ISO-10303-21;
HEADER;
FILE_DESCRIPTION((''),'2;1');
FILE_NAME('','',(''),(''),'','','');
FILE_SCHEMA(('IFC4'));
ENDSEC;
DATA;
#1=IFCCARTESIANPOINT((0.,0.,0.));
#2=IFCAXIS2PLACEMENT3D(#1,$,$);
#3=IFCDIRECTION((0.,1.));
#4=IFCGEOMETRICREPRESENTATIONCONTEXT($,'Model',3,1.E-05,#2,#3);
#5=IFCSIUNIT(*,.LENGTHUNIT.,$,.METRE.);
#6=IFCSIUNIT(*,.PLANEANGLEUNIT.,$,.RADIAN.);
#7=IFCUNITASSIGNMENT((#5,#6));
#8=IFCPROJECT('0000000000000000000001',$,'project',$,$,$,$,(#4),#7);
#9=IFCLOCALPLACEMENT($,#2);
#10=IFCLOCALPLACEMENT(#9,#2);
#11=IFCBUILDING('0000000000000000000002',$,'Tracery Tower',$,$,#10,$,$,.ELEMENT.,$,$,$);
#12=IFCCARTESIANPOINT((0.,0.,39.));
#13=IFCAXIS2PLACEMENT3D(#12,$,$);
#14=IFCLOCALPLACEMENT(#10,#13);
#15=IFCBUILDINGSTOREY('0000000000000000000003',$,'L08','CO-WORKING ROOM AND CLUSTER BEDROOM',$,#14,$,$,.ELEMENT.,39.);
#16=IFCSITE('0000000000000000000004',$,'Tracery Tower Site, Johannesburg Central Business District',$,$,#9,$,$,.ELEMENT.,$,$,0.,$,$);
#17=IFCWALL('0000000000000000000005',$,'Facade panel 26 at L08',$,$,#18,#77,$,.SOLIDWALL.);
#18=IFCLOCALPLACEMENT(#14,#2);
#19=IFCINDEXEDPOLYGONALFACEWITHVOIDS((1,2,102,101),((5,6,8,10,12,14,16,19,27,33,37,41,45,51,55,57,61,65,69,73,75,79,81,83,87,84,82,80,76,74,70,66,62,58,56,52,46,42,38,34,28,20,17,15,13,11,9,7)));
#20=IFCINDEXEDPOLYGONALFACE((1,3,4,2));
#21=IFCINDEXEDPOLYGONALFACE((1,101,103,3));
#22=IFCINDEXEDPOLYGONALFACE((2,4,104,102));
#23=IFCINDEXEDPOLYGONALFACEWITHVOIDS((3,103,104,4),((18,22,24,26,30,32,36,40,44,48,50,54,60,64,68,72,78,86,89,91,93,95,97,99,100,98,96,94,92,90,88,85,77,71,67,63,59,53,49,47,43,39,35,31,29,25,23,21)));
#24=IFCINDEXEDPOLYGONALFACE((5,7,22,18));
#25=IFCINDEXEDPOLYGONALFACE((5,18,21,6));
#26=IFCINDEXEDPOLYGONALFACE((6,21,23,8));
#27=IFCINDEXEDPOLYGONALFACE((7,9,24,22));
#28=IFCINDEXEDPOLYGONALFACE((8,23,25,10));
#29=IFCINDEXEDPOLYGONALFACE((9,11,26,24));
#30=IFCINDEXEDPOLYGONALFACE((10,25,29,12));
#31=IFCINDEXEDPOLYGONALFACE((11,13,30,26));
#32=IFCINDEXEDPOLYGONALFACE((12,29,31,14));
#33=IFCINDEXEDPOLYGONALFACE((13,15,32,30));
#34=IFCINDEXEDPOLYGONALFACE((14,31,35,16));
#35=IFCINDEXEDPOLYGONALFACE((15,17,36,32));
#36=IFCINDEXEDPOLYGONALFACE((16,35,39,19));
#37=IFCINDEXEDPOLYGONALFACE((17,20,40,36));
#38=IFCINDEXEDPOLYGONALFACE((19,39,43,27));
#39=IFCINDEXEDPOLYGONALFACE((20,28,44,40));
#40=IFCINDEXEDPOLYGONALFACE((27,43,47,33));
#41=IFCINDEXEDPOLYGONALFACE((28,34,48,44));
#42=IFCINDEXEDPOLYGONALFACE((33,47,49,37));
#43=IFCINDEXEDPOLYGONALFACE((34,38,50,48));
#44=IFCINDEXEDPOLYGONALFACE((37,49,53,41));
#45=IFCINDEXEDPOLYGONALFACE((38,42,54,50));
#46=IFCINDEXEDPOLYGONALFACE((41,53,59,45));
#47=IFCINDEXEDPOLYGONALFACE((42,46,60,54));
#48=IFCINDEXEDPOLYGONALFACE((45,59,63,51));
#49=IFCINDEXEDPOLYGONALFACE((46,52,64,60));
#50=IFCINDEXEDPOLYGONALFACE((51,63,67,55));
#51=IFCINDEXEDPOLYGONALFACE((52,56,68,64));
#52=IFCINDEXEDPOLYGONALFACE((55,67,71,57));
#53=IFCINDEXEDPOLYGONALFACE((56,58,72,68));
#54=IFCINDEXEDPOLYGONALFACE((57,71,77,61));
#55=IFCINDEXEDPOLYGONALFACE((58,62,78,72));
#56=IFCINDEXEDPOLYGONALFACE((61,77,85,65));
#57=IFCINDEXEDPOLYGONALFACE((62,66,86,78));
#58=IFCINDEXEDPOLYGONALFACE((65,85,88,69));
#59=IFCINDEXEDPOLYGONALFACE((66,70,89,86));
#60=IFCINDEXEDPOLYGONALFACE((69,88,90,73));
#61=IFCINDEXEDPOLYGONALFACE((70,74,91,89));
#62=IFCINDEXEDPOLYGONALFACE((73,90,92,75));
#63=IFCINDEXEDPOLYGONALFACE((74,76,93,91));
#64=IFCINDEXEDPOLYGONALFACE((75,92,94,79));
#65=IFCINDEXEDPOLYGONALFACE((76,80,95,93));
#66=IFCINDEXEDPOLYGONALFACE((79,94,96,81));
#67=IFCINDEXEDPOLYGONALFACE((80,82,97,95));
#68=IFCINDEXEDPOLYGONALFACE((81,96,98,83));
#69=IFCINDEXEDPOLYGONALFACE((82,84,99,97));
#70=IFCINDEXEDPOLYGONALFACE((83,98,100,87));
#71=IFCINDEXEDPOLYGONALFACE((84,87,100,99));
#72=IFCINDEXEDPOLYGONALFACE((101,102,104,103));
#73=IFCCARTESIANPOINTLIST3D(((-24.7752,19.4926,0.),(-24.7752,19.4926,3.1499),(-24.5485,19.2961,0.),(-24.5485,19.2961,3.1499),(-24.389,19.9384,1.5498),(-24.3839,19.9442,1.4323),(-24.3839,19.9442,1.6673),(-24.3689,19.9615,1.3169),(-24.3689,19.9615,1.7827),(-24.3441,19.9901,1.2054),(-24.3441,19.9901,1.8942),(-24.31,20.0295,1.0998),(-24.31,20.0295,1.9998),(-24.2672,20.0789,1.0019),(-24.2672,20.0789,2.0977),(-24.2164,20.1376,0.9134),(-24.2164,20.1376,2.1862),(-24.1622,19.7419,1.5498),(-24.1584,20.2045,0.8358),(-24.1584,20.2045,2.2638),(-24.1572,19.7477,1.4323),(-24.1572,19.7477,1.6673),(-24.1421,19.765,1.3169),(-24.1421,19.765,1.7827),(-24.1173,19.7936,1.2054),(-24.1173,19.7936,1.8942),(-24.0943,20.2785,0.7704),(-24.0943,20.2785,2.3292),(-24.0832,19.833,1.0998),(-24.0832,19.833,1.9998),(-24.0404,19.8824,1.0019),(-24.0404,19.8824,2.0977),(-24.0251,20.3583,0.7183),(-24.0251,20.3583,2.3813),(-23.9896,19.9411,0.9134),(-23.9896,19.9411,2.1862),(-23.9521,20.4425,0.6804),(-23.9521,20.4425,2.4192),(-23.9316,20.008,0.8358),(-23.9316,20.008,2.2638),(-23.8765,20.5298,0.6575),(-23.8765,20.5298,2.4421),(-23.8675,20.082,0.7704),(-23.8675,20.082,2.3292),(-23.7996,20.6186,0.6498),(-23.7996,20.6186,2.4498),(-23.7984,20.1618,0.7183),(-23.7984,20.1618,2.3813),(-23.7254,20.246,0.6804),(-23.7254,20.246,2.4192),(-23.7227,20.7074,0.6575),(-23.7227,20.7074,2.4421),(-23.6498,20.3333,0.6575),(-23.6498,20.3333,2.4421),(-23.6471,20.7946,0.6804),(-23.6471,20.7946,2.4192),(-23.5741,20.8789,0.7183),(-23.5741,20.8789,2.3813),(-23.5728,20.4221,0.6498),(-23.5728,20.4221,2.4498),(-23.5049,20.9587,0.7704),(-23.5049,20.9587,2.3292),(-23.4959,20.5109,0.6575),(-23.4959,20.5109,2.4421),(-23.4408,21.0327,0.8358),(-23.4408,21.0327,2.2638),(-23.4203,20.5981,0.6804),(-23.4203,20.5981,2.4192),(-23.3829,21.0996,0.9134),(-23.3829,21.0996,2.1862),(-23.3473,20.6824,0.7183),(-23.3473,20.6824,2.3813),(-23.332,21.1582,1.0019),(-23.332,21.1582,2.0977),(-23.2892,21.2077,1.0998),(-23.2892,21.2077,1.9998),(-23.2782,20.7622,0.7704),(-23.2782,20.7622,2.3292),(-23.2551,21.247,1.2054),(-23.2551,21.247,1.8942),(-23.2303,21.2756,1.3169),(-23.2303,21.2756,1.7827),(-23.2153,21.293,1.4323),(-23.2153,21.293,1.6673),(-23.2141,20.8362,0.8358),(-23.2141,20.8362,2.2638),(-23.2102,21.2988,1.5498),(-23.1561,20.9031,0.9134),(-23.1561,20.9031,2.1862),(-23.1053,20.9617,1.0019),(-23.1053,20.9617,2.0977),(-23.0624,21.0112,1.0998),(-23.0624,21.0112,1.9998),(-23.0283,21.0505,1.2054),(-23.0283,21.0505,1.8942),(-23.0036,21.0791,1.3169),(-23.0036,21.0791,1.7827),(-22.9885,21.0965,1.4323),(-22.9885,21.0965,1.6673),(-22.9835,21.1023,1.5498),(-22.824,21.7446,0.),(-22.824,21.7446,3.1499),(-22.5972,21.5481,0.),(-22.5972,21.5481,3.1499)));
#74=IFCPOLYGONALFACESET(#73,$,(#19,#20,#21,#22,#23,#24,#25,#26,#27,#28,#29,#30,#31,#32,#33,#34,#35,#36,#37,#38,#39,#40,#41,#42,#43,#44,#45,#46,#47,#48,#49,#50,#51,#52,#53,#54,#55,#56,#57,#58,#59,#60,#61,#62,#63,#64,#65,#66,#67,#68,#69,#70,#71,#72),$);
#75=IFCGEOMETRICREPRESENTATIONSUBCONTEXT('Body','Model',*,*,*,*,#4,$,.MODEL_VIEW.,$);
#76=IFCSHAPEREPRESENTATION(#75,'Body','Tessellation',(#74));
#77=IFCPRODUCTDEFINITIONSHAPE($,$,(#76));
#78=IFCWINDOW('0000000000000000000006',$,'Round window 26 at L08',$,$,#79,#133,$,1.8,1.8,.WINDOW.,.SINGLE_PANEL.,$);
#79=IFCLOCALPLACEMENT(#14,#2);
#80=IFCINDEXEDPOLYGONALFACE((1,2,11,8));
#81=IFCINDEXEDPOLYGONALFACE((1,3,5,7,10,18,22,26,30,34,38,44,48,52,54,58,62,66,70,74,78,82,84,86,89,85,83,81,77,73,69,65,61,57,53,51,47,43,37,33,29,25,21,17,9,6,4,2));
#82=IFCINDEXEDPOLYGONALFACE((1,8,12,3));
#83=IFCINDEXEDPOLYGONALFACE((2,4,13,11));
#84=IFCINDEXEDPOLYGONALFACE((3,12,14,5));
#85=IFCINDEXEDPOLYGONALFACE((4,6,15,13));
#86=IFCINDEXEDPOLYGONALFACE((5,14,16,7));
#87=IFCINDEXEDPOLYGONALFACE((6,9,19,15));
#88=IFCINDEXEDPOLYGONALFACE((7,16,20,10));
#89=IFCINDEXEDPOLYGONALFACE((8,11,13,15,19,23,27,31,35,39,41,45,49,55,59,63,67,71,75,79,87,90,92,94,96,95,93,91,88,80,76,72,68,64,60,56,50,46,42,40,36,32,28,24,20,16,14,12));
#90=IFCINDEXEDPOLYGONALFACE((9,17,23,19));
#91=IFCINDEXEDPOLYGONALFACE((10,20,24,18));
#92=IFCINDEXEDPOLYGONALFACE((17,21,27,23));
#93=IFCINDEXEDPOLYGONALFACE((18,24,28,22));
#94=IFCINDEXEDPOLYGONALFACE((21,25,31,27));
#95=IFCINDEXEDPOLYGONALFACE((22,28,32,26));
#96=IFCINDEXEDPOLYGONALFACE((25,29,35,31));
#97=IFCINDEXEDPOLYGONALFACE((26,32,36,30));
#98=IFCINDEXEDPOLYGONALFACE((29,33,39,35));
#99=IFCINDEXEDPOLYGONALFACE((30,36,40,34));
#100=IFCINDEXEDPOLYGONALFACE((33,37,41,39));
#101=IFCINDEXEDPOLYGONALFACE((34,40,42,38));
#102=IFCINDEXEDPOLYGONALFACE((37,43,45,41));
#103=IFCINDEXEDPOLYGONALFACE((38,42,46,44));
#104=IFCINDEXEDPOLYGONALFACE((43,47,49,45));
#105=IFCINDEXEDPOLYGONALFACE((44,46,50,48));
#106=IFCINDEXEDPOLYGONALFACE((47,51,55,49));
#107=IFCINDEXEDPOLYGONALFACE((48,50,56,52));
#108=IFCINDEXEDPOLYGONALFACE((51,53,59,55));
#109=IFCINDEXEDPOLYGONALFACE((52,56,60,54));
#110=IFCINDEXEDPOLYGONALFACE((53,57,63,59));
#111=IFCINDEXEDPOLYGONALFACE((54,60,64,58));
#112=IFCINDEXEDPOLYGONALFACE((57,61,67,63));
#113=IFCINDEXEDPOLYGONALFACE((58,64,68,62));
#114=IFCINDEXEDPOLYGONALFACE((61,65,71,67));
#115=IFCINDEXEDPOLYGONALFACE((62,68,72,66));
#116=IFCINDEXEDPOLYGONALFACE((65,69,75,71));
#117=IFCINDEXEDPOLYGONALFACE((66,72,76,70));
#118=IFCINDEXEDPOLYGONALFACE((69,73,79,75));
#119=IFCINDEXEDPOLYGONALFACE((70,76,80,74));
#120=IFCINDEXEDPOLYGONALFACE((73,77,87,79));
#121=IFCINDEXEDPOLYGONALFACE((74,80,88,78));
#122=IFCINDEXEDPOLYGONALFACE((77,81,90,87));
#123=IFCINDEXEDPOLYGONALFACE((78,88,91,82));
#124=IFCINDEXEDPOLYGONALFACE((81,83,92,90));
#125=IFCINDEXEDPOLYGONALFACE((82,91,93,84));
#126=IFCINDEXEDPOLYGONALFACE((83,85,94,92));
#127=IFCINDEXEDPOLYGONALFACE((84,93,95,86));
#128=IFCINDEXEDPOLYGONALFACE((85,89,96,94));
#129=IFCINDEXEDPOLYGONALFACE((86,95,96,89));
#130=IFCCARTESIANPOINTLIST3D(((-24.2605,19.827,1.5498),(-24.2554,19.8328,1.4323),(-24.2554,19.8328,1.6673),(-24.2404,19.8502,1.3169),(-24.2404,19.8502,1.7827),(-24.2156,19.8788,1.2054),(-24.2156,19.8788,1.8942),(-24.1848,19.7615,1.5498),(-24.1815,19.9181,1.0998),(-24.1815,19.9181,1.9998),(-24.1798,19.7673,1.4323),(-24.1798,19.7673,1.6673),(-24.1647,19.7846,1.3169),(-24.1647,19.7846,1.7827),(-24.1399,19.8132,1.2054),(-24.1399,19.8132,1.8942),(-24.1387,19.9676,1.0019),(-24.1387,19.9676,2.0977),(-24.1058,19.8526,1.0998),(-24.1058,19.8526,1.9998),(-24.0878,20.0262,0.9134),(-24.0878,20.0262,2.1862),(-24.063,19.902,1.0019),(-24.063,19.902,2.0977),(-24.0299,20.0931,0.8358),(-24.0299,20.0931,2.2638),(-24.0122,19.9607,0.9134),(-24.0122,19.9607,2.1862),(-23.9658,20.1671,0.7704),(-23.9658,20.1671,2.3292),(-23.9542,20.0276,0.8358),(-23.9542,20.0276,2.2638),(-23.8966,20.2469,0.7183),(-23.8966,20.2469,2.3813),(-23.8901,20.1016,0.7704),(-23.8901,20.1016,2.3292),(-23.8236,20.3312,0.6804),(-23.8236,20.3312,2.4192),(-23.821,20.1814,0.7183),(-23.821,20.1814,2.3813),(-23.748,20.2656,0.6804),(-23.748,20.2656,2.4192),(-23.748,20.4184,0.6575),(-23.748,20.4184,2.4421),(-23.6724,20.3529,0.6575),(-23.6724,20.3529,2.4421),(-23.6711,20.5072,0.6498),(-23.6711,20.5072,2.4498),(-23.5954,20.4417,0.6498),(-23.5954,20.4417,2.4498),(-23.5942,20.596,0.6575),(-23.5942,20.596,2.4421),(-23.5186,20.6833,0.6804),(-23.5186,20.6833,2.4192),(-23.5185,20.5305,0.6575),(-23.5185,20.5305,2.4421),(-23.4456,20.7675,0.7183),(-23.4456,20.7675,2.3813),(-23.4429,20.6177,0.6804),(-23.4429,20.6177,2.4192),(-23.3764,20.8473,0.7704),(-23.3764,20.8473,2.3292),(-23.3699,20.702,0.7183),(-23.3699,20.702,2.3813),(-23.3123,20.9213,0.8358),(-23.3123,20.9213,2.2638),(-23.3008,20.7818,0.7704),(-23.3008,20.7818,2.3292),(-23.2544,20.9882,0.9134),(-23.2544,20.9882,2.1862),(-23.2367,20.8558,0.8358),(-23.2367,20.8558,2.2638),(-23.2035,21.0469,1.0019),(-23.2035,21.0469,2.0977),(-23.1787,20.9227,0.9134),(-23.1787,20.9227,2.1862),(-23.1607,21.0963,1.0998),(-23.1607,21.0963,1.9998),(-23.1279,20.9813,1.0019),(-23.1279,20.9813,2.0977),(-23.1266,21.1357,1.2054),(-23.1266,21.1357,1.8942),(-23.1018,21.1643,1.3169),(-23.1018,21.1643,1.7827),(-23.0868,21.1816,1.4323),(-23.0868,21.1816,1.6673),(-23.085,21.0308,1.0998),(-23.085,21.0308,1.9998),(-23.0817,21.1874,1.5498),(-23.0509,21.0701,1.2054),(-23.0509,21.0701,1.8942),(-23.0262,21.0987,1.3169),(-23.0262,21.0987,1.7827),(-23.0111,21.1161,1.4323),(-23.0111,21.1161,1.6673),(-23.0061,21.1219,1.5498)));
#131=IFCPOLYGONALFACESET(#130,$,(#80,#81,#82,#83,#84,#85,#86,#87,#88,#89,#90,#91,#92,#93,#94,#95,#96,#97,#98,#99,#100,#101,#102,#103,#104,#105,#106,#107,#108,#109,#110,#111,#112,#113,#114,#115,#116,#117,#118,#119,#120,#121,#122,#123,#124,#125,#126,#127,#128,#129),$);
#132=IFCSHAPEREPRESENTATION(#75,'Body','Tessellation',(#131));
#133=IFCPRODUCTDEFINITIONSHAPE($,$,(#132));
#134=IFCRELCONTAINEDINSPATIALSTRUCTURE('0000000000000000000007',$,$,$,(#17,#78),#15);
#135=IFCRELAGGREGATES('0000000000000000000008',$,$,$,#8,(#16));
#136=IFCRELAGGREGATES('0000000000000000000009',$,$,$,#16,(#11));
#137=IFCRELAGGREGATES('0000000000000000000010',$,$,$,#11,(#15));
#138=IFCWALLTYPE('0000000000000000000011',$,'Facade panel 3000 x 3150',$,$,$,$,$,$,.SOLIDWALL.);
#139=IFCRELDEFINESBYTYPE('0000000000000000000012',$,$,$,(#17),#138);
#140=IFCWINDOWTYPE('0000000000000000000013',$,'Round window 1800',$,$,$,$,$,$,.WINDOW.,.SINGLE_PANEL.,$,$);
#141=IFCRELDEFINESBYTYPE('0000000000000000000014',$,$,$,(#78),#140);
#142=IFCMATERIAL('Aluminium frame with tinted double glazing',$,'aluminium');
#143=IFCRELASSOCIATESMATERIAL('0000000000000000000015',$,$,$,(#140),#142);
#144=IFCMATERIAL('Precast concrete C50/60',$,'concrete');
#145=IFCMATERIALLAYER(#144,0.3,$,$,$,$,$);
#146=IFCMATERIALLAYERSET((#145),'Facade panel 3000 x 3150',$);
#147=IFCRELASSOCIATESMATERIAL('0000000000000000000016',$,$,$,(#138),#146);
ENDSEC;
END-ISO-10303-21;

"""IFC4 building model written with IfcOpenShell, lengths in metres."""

from ifc_helpers import new_model, si_unit, direction, frame, frame_2d, origin, origin_2d, place, context, subcontext, project, spatial, rectangle, circle, extrude, material, layer, layer_set, type_object, element, fill, save


model = new_model("IFC4")

# Units and contexts
model_context = context("Model", 3, precision=1e-05, world=origin(), true_north=direction((0.0, 1.0)))
body_context = subcontext(model_context, "Body", "Model", "MODEL_VIEW")
ifc_project = project(units=[si_unit("LENGTHUNIT", "METRE"), si_unit("PLANEANGLEUNIT", "RADIAN")], contexts=[model_context])

# Site, building, storey
site_placement = place(None, origin())
site = spatial("IfcSite", under=ifc_project, at=site_placement, Name="Tracery Tower Site, Johannesburg Central Business District", CompositionType="ELEMENT", RefElevation=0.0)
building_placement = place(site_placement, origin())
building = spatial("IfcBuilding", under=site, at=building_placement, Name="Tracery Tower", CompositionType="ELEMENT")
storey_placement = place(building_placement, frame((0.0, 0.0, 39.0)))
storey = spatial("IfcBuildingStorey", under=building, at=storey_placement, Name="L08", Description="CO-WORKING ROOM AND CLUSTER BEDROOM", CompositionType="ELEMENT", Elevation=39.0)

# Wall, opening, window
ifc_material_1 = material(Name="Aluminium frame with tinted double glazing", Category="aluminium")
window_type = type_object("IfcWindowType", Name="Round window 1800", PartitioningType="SINGLE_PANEL", PredefinedType="WINDOW", material=ifc_material_1)
ifc_material_2 = material(Name="Precast concrete C50/60", Category="concrete")
ifc_layer_1 = layer(ifc_material_2, 0.3)
ifc_layer_set_1 = layer_set([ifc_layer_1], Name="Facade panel 3000 x 3150")
wall_type_1 = type_object("IfcWallType", Name="Facade panel 3000 x 3150", PredefinedType="SOLIDWALL", material=ifc_layer_set_1)
wall_1_placement = place(storey_placement, frame((-22.7107, 21.6462, 0.0), z_axis=(0.0, 0.0, 1.0), x_axis=(-0.654831, -0.755776, 0.0)))
wall_1 = element("IfcWall", 1, at=wall_1_placement, inside=storey, type_object=wall_type_1, Name="Facade panel 26 at L08", PredefinedType="SOLIDWALL", context=body_context, shape_type="SweptSolid", body=[
    extrude(rectangle(XDim=2.9797, YDim=0.3, at=frame_2d((1.4897, 0.0))), origin(), (0.0, 0.0, 1.0), 3.1499),
])
opening_1_placement = place(wall_1_placement, frame((1.4897, 0.0, 1.5498)))
opening_1 = element("IfcOpeningElement", 2, at=opening_1_placement, cuts=wall_1, PredefinedType="OPENING", context=body_context, shape_type="SweptSolid", body=[
    extrude(circle(Radius=0.9, at=origin_2d()), frame((0.0, 0.1599, 0.0), z_axis=(0.0, -1.0, 0.0), x_axis=(1.0, 0.0, 0.0)), (0.0, 0.0, 1.0), 0.3201),
])
window_1_placement = place(opening_1_placement, origin())
window_1 = element("IfcWindow", 3, at=window_1_placement, inside=storey, type_object=window_type, Name="Round window 26 at L08", OverallHeight=1.8, OverallWidth=1.8, PartitioningType="SINGLE_PANEL", PredefinedType="WINDOW", context=body_context, shape_type="SweptSolid", body=[
    extrude(circle(Radius=0.9, at=origin_2d()), frame((0.0, 0.1201, 0.0), z_axis=(0.0, -1.0, 0.0), x_axis=(1.0, 0.0, 0.0)), (0.0, 0.0, 1.0), 0.1001),
])
fill(opening_1, window_1)

save(model, "model.ifc")
